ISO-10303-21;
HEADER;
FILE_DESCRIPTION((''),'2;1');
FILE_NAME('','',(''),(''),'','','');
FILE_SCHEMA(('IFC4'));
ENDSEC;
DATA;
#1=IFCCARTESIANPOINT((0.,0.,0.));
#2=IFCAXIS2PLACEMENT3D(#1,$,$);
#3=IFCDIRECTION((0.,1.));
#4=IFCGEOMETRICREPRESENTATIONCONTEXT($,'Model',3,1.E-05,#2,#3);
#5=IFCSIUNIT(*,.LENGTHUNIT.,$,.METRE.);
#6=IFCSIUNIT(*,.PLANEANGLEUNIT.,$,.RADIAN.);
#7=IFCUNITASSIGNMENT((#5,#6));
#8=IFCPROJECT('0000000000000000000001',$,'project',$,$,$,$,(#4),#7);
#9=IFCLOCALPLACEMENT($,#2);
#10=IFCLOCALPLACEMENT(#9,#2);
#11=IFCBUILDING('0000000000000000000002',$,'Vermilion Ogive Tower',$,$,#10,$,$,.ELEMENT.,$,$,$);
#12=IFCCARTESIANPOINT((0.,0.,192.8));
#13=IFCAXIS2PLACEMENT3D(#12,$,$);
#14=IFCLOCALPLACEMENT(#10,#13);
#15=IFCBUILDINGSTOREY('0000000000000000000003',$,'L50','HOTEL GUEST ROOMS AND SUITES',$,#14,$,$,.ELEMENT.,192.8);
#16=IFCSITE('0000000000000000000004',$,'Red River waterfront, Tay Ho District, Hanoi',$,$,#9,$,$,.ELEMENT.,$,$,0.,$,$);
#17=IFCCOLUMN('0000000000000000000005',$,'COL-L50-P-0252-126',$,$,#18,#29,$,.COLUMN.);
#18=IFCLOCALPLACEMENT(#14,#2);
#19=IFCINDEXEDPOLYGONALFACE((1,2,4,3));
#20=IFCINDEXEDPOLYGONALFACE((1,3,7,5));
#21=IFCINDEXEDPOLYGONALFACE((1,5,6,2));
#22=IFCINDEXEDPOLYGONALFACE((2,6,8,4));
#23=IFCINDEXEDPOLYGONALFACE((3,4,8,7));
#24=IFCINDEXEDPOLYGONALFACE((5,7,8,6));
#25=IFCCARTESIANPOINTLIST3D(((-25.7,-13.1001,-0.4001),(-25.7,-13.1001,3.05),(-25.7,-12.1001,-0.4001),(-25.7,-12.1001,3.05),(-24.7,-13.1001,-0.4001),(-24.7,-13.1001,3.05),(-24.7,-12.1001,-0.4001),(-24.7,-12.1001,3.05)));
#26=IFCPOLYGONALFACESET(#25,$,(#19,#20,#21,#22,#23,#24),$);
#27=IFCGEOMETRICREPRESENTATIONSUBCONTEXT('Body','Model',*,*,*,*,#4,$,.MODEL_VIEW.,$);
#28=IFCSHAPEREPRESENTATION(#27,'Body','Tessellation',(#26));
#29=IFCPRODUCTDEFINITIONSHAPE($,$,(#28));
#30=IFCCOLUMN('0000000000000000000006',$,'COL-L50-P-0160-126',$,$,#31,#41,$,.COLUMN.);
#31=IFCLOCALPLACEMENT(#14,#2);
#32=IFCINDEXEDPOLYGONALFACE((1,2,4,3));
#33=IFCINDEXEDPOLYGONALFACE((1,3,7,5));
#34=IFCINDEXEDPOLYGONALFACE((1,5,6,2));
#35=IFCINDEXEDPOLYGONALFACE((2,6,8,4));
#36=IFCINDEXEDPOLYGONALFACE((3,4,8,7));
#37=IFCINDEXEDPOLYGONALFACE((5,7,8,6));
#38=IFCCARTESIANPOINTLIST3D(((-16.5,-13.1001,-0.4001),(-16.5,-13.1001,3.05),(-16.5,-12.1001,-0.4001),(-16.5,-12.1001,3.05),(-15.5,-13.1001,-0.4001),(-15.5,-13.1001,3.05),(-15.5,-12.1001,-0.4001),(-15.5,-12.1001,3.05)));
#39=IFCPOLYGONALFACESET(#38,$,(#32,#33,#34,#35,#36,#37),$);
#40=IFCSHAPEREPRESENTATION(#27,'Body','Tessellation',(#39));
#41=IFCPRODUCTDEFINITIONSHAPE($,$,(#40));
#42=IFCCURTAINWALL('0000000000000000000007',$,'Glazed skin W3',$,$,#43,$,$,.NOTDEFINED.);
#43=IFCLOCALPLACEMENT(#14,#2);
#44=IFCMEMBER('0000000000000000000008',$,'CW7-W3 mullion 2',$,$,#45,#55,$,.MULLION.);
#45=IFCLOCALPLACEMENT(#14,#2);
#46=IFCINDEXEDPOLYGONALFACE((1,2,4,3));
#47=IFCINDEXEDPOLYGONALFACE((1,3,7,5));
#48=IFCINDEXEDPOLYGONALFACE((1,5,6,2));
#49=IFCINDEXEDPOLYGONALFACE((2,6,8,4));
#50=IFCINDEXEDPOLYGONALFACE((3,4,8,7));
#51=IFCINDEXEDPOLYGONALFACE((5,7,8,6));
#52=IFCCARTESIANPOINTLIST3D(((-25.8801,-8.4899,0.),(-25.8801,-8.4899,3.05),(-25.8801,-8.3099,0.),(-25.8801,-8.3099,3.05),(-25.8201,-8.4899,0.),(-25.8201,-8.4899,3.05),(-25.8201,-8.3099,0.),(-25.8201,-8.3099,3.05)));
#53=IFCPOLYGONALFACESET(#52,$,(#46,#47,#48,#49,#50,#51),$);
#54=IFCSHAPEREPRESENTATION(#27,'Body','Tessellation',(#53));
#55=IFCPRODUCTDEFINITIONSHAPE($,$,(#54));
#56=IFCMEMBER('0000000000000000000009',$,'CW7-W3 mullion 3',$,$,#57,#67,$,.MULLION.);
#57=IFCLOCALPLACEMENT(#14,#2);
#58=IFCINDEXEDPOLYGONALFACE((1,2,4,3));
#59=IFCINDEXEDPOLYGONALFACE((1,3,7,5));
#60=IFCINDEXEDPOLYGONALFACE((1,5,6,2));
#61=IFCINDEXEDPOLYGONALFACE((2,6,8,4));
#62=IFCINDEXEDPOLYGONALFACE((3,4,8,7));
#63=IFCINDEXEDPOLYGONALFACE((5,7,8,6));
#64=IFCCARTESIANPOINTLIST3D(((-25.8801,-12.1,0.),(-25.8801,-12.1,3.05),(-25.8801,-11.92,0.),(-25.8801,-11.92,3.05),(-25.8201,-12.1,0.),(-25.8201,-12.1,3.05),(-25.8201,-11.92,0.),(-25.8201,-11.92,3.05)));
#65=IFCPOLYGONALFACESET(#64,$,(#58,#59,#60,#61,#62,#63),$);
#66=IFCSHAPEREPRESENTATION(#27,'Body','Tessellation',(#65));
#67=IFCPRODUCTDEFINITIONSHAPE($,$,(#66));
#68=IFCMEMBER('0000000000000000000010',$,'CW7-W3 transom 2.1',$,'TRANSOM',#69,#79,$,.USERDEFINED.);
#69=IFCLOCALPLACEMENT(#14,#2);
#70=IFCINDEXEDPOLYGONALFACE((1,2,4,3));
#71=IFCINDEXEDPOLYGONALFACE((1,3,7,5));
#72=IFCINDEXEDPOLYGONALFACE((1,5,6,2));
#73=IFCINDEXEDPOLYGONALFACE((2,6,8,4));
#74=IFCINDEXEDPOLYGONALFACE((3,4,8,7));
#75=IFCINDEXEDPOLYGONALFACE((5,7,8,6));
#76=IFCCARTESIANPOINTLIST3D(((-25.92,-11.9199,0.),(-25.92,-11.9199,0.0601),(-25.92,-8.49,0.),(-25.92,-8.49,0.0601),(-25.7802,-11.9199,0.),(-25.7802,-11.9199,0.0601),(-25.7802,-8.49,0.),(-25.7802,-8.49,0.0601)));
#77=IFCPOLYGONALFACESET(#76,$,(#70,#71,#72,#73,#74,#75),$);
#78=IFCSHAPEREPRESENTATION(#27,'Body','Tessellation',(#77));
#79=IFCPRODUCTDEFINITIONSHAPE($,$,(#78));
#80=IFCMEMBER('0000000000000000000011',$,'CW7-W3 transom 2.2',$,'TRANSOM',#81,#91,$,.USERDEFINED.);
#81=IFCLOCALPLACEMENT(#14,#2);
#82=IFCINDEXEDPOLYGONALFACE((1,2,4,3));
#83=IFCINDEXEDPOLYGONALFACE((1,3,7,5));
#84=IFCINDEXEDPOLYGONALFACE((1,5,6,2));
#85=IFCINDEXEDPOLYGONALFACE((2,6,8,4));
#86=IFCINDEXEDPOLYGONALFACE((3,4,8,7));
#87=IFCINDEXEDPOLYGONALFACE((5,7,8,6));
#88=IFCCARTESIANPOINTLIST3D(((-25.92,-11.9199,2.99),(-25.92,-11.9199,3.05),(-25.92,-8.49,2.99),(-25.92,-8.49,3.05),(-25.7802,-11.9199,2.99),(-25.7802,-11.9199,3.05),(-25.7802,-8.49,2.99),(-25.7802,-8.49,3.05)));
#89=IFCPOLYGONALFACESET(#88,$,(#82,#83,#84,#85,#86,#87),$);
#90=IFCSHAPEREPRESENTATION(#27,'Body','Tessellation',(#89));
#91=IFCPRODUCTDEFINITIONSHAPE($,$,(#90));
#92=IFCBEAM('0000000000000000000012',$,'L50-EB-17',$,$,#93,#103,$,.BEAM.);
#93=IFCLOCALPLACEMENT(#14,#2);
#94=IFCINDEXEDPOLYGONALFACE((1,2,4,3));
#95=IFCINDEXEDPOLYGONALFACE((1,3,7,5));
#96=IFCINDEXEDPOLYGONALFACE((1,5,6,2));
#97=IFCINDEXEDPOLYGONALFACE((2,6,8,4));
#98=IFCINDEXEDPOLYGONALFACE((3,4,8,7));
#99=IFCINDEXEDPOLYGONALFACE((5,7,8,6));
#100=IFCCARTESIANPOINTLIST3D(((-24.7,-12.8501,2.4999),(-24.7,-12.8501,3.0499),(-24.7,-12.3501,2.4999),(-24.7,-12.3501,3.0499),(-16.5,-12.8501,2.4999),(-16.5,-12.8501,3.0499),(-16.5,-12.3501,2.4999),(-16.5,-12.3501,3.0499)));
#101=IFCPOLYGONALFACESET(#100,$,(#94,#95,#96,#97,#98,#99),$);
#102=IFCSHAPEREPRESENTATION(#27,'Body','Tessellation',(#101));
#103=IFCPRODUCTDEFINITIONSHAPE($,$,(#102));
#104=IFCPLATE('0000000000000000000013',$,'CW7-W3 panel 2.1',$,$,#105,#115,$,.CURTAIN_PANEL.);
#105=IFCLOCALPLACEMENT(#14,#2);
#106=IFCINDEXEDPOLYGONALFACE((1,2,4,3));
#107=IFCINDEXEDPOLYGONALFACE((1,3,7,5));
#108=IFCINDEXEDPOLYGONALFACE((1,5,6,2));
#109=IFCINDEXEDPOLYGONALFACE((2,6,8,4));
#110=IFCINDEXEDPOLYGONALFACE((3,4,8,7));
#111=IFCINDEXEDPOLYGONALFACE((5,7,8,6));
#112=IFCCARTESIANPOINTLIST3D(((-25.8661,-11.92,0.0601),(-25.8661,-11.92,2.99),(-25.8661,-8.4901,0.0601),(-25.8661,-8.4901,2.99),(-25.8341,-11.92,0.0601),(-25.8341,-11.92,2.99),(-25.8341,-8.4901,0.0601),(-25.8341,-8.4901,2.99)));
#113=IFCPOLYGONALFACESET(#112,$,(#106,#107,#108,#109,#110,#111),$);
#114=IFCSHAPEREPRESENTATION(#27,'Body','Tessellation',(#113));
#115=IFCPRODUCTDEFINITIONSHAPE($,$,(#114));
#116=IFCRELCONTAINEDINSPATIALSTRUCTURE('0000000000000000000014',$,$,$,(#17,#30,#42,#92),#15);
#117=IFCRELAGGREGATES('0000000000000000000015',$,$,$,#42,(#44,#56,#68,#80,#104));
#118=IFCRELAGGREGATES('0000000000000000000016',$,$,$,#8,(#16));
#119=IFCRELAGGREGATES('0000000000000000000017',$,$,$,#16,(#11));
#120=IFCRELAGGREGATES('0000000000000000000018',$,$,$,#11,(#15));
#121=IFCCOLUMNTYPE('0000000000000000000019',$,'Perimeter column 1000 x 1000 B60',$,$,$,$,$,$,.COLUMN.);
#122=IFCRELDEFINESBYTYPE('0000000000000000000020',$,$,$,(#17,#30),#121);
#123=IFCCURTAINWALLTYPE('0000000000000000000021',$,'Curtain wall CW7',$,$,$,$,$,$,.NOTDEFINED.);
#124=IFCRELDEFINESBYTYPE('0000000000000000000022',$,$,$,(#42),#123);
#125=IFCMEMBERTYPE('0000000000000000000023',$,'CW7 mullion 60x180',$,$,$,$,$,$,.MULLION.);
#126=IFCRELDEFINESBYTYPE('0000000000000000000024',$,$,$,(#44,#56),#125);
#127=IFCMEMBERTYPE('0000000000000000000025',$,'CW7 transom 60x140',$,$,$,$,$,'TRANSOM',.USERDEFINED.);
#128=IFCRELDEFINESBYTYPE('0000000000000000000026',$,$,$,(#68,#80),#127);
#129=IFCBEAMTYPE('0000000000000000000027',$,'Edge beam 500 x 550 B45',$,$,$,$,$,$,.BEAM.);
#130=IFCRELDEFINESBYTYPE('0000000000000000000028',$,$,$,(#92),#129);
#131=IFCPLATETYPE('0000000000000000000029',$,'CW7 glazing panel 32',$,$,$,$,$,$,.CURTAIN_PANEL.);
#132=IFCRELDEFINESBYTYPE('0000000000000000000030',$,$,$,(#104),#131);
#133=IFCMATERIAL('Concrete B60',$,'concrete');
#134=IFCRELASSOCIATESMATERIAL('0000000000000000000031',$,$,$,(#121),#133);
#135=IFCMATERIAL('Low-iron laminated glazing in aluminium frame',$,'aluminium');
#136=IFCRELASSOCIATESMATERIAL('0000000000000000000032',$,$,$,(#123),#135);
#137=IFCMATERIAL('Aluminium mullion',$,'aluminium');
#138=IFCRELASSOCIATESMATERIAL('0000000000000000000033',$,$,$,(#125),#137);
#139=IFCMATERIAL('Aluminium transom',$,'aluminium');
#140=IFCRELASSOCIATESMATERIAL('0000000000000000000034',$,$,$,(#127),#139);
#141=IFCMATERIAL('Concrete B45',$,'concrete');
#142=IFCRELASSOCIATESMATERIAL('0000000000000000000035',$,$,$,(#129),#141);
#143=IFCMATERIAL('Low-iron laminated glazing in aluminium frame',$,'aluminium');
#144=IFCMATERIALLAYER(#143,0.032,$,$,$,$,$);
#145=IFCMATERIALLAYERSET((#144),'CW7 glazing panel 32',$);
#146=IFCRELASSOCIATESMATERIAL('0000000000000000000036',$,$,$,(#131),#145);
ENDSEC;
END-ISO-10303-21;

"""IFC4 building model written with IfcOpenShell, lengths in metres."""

from ifc_helpers import new_model, si_unit, direction, frame, origin, origin_2d, place, context, subcontext, project, spatial, rectangle, extrude, material, layer, layer_set, material_profile, profile_set, type_object, element, aggregate, save


model = new_model("IFC4")

# Units and contexts
model_context = context("Model", 3, precision=1e-05, world=origin(), true_north=direction((0.0, 1.0)))
body_context = subcontext(model_context, "Body", "Model", "MODEL_VIEW")
ifc_project = project(units=[si_unit("LENGTHUNIT", "METRE"), si_unit("PLANEANGLEUNIT", "RADIAN")], contexts=[model_context])

# Site, building, storey
site_placement = place(None, origin())
site = spatial("IfcSite", under=ifc_project, at=site_placement, Name="Red River waterfront, Tay Ho District, Hanoi", CompositionType="ELEMENT", RefElevation=0.0)
building_placement = place(site_placement, origin())
building = spatial("IfcBuilding", under=site, at=building_placement, Name="Vermilion Ogive Tower", CompositionType="ELEMENT")
storey_placement = place(building_placement, frame((0.0, 0.0, 192.8)))
storey = spatial("IfcBuildingStorey", under=building, at=storey_placement, Name="L50", Description="HOTEL GUEST ROOMS AND SUITES", CompositionType="ELEMENT", Elevation=192.8)

# Columns
ifc_material_1 = material(Name="Concrete B60", Category="concrete")
ifc_material_profile_1 = material_profile(ifc_material_1, rectangle(XDim=1.0, YDim=1.0, at=origin_2d()), Name="1000 x 1000")
ifc_profile_set_1 = profile_set([ifc_material_profile_1], Name="Concrete B60")
column_type = type_object("IfcColumnType", Name="Perimeter column 1000 x 1000 B60", PredefinedType="COLUMN", material=ifc_profile_set_1)
for number, where, z_axis, x_axis, name in (
    (1, (-25.2, -12.6001, -0.4001), (0.0, 0.0, 1.0), (1.0, 0.0, 0.0), "COL-L50-P-0252-126"),
    (2, (-16.0, -12.6001, -0.4001), (0.0, 0.0, 1.0), (1.0, 0.0, 0.0), "COL-L50-P-0160-126"),
):
    element("IfcColumn", number, at=place(storey_placement, frame(where, z_axis=z_axis, x_axis=x_axis)), inside=storey, type_object=column_type, Name=name, PredefinedType="COLUMN", context=body_context, shape_type="SweptSolid", body=[
        extrude(rectangle(XDim=1.0, YDim=1.0, at=origin_2d()), origin(), (0.0, 0.0, 1.0), 3.4502),
    ])

# Curtain wall, members
ifc_material_2 = material(Name="Low-iron laminated glazing in aluminium frame", Category="aluminium")
curtain_wall_type = type_object("IfcCurtainWallType", Name="Curtain wall CW7", PredefinedType="NOTDEFINED", material=ifc_material_2)
curtain_wall_placement = place(storey_placement, origin())
curtain_wall = element("IfcCurtainWall", 3, at=curtain_wall_placement, inside=storey, type_object=curtain_wall_type, Name="Glazed skin W3", PredefinedType="NOTDEFINED")
ifc_material_3 = material(Name="Aluminium mullion", Category="aluminium")
ifc_material_profile_2 = material_profile(ifc_material_3, rectangle(XDim=0.0601, YDim=0.1799, at=origin_2d()), Name="AL 60x180")
ifc_profile_set_2 = profile_set([ifc_material_profile_2], Name="Aluminium mullion")
member_type_1 = type_object("IfcMemberType", Name="CW7 mullion 60x180", PredefinedType="MULLION", material=ifc_profile_set_2)
member_1_placement = place(storey_placement, frame((-25.8501, -8.3999, 0.0), z_axis=(0.0, 0.0, 1.0), x_axis=(1.0, 0.0, 0.0)))
member_1 = element("IfcMember", 4, at=member_1_placement, type_object=member_type_1, Name="CW7-W3 mullion 2", PredefinedType="MULLION", context=body_context, shape_type="SweptSolid", body=[
    extrude(rectangle(XDim=0.0601, YDim=0.1799, at=origin_2d()), origin(), (0.0, 0.0, 1.0), 3.05),
])
member_2_placement = place(storey_placement, frame((-25.8501, -12.01, 0.0), z_axis=(0.0, 0.0, 1.0), x_axis=(1.0, 0.0, 0.0)))
member_2 = element("IfcMember", 5, at=member_2_placement, type_object=member_type_1, Name="CW7-W3 mullion 3", PredefinedType="MULLION", context=body_context, shape_type="SweptSolid", body=[
    extrude(rectangle(XDim=0.0601, YDim=0.1799, at=origin_2d()), origin(), (0.0, 0.0, 1.0), 3.05),
])
ifc_material_4 = material(Name="Aluminium transom", Category="aluminium")
ifc_material_profile_3 = material_profile(ifc_material_4, rectangle(XDim=0.1399, YDim=0.0601, at=origin_2d()), Name="AL 60x140")
ifc_profile_set_3 = profile_set([ifc_material_profile_3], Name="Aluminium transom")
member_type_2 = type_object("IfcMemberType", Name="CW7 transom 60x140", ElementType="TRANSOM", PredefinedType="USERDEFINED", material=ifc_profile_set_3)
member_3_placement = place(storey_placement, frame((-25.8501, -8.49, 0.03), z_axis=(0.0, -1.0, 0.0), x_axis=(1.0, 0.0, 0.0)))
member_3 = element("IfcMember", 6, at=member_3_placement, type_object=member_type_2, Name="CW7-W3 transom 2.1", ObjectType="TRANSOM", PredefinedType="USERDEFINED", context=body_context, shape_type="SweptSolid", body=[
    extrude(rectangle(XDim=0.1399, YDim=0.0601, at=origin_2d()), origin(), (0.0, 0.0, 1.0), 3.4299),
])
member_4_placement = place(storey_placement, frame((-25.8501, -8.49, 3.02), z_axis=(0.0, -1.0, 0.0), x_axis=(1.0, 0.0, 0.0)))
member_4 = element("IfcMember", 7, at=member_4_placement, type_object=member_type_2, Name="CW7-W3 transom 2.2", ObjectType="TRANSOM", PredefinedType="USERDEFINED", context=body_context, shape_type="SweptSolid", body=[
    extrude(rectangle(XDim=0.1399, YDim=0.0601, at=origin_2d()), origin(), (0.0, 0.0, 1.0), 3.4299),
])

# Beam
ifc_material_5 = material(Name="Concrete B45", Category="concrete")
ifc_material_profile_4 = material_profile(ifc_material_5, rectangle(XDim=0.5, YDim=0.55, at=origin_2d()), Name="500 x 550")
ifc_profile_set_4 = profile_set([ifc_material_profile_4], Name="Concrete B45")
beam_type = type_object("IfcBeamType", Name="Edge beam 500 x 550 B45", PredefinedType="BEAM", material=ifc_profile_set_4)
beam_placement = place(storey_placement, frame((-24.7, -12.6001, 2.7749), z_axis=(1.0, 0.0, 0.0), x_axis=(0.0, 1.0, 0.0)))
element("IfcBeam", 8, at=beam_placement, inside=storey, type_object=beam_type, Name="L50-EB-17", PredefinedType="BEAM", context=body_context, shape_type="SweptSolid", body=[
    extrude(rectangle(XDim=0.5, YDim=0.55, at=origin_2d()), origin(), (0.0, 0.0, 1.0), 8.2),
])

# Plate
ifc_material_6 = material(Name="Low-iron laminated glazing in aluminium frame", Category="aluminium")
ifc_layer_1 = layer(ifc_material_6, 0.032)
ifc_layer_set_1 = layer_set([ifc_layer_1], Name="CW7 glazing panel 32")
plate_type = type_object("IfcPlateType", Name="CW7 glazing panel 32", PredefinedType="CURTAIN_PANEL", material=ifc_layer_set_1)
plate_placement = place(storey_placement, frame((-25.8501, -10.2051, 0.0601), z_axis=(0.0, 0.0, 1.0), x_axis=(0.0, -1.0, 0.0)))
plate = element("IfcPlate", 9, at=plate_placement, type_object=plate_type, Name="CW7-W3 panel 2.1", PredefinedType="CURTAIN_PANEL", context=body_context, shape_type="SweptSolid", body=[
    extrude(rectangle(XDim=3.4299, YDim=0.032, at=origin_2d()), origin(), (0.0, 0.0, 1.0), 2.9299),
])
aggregate(curtain_wall, [member_1, member_2, member_3, member_4, plate])

save(model, "model.ifc")
